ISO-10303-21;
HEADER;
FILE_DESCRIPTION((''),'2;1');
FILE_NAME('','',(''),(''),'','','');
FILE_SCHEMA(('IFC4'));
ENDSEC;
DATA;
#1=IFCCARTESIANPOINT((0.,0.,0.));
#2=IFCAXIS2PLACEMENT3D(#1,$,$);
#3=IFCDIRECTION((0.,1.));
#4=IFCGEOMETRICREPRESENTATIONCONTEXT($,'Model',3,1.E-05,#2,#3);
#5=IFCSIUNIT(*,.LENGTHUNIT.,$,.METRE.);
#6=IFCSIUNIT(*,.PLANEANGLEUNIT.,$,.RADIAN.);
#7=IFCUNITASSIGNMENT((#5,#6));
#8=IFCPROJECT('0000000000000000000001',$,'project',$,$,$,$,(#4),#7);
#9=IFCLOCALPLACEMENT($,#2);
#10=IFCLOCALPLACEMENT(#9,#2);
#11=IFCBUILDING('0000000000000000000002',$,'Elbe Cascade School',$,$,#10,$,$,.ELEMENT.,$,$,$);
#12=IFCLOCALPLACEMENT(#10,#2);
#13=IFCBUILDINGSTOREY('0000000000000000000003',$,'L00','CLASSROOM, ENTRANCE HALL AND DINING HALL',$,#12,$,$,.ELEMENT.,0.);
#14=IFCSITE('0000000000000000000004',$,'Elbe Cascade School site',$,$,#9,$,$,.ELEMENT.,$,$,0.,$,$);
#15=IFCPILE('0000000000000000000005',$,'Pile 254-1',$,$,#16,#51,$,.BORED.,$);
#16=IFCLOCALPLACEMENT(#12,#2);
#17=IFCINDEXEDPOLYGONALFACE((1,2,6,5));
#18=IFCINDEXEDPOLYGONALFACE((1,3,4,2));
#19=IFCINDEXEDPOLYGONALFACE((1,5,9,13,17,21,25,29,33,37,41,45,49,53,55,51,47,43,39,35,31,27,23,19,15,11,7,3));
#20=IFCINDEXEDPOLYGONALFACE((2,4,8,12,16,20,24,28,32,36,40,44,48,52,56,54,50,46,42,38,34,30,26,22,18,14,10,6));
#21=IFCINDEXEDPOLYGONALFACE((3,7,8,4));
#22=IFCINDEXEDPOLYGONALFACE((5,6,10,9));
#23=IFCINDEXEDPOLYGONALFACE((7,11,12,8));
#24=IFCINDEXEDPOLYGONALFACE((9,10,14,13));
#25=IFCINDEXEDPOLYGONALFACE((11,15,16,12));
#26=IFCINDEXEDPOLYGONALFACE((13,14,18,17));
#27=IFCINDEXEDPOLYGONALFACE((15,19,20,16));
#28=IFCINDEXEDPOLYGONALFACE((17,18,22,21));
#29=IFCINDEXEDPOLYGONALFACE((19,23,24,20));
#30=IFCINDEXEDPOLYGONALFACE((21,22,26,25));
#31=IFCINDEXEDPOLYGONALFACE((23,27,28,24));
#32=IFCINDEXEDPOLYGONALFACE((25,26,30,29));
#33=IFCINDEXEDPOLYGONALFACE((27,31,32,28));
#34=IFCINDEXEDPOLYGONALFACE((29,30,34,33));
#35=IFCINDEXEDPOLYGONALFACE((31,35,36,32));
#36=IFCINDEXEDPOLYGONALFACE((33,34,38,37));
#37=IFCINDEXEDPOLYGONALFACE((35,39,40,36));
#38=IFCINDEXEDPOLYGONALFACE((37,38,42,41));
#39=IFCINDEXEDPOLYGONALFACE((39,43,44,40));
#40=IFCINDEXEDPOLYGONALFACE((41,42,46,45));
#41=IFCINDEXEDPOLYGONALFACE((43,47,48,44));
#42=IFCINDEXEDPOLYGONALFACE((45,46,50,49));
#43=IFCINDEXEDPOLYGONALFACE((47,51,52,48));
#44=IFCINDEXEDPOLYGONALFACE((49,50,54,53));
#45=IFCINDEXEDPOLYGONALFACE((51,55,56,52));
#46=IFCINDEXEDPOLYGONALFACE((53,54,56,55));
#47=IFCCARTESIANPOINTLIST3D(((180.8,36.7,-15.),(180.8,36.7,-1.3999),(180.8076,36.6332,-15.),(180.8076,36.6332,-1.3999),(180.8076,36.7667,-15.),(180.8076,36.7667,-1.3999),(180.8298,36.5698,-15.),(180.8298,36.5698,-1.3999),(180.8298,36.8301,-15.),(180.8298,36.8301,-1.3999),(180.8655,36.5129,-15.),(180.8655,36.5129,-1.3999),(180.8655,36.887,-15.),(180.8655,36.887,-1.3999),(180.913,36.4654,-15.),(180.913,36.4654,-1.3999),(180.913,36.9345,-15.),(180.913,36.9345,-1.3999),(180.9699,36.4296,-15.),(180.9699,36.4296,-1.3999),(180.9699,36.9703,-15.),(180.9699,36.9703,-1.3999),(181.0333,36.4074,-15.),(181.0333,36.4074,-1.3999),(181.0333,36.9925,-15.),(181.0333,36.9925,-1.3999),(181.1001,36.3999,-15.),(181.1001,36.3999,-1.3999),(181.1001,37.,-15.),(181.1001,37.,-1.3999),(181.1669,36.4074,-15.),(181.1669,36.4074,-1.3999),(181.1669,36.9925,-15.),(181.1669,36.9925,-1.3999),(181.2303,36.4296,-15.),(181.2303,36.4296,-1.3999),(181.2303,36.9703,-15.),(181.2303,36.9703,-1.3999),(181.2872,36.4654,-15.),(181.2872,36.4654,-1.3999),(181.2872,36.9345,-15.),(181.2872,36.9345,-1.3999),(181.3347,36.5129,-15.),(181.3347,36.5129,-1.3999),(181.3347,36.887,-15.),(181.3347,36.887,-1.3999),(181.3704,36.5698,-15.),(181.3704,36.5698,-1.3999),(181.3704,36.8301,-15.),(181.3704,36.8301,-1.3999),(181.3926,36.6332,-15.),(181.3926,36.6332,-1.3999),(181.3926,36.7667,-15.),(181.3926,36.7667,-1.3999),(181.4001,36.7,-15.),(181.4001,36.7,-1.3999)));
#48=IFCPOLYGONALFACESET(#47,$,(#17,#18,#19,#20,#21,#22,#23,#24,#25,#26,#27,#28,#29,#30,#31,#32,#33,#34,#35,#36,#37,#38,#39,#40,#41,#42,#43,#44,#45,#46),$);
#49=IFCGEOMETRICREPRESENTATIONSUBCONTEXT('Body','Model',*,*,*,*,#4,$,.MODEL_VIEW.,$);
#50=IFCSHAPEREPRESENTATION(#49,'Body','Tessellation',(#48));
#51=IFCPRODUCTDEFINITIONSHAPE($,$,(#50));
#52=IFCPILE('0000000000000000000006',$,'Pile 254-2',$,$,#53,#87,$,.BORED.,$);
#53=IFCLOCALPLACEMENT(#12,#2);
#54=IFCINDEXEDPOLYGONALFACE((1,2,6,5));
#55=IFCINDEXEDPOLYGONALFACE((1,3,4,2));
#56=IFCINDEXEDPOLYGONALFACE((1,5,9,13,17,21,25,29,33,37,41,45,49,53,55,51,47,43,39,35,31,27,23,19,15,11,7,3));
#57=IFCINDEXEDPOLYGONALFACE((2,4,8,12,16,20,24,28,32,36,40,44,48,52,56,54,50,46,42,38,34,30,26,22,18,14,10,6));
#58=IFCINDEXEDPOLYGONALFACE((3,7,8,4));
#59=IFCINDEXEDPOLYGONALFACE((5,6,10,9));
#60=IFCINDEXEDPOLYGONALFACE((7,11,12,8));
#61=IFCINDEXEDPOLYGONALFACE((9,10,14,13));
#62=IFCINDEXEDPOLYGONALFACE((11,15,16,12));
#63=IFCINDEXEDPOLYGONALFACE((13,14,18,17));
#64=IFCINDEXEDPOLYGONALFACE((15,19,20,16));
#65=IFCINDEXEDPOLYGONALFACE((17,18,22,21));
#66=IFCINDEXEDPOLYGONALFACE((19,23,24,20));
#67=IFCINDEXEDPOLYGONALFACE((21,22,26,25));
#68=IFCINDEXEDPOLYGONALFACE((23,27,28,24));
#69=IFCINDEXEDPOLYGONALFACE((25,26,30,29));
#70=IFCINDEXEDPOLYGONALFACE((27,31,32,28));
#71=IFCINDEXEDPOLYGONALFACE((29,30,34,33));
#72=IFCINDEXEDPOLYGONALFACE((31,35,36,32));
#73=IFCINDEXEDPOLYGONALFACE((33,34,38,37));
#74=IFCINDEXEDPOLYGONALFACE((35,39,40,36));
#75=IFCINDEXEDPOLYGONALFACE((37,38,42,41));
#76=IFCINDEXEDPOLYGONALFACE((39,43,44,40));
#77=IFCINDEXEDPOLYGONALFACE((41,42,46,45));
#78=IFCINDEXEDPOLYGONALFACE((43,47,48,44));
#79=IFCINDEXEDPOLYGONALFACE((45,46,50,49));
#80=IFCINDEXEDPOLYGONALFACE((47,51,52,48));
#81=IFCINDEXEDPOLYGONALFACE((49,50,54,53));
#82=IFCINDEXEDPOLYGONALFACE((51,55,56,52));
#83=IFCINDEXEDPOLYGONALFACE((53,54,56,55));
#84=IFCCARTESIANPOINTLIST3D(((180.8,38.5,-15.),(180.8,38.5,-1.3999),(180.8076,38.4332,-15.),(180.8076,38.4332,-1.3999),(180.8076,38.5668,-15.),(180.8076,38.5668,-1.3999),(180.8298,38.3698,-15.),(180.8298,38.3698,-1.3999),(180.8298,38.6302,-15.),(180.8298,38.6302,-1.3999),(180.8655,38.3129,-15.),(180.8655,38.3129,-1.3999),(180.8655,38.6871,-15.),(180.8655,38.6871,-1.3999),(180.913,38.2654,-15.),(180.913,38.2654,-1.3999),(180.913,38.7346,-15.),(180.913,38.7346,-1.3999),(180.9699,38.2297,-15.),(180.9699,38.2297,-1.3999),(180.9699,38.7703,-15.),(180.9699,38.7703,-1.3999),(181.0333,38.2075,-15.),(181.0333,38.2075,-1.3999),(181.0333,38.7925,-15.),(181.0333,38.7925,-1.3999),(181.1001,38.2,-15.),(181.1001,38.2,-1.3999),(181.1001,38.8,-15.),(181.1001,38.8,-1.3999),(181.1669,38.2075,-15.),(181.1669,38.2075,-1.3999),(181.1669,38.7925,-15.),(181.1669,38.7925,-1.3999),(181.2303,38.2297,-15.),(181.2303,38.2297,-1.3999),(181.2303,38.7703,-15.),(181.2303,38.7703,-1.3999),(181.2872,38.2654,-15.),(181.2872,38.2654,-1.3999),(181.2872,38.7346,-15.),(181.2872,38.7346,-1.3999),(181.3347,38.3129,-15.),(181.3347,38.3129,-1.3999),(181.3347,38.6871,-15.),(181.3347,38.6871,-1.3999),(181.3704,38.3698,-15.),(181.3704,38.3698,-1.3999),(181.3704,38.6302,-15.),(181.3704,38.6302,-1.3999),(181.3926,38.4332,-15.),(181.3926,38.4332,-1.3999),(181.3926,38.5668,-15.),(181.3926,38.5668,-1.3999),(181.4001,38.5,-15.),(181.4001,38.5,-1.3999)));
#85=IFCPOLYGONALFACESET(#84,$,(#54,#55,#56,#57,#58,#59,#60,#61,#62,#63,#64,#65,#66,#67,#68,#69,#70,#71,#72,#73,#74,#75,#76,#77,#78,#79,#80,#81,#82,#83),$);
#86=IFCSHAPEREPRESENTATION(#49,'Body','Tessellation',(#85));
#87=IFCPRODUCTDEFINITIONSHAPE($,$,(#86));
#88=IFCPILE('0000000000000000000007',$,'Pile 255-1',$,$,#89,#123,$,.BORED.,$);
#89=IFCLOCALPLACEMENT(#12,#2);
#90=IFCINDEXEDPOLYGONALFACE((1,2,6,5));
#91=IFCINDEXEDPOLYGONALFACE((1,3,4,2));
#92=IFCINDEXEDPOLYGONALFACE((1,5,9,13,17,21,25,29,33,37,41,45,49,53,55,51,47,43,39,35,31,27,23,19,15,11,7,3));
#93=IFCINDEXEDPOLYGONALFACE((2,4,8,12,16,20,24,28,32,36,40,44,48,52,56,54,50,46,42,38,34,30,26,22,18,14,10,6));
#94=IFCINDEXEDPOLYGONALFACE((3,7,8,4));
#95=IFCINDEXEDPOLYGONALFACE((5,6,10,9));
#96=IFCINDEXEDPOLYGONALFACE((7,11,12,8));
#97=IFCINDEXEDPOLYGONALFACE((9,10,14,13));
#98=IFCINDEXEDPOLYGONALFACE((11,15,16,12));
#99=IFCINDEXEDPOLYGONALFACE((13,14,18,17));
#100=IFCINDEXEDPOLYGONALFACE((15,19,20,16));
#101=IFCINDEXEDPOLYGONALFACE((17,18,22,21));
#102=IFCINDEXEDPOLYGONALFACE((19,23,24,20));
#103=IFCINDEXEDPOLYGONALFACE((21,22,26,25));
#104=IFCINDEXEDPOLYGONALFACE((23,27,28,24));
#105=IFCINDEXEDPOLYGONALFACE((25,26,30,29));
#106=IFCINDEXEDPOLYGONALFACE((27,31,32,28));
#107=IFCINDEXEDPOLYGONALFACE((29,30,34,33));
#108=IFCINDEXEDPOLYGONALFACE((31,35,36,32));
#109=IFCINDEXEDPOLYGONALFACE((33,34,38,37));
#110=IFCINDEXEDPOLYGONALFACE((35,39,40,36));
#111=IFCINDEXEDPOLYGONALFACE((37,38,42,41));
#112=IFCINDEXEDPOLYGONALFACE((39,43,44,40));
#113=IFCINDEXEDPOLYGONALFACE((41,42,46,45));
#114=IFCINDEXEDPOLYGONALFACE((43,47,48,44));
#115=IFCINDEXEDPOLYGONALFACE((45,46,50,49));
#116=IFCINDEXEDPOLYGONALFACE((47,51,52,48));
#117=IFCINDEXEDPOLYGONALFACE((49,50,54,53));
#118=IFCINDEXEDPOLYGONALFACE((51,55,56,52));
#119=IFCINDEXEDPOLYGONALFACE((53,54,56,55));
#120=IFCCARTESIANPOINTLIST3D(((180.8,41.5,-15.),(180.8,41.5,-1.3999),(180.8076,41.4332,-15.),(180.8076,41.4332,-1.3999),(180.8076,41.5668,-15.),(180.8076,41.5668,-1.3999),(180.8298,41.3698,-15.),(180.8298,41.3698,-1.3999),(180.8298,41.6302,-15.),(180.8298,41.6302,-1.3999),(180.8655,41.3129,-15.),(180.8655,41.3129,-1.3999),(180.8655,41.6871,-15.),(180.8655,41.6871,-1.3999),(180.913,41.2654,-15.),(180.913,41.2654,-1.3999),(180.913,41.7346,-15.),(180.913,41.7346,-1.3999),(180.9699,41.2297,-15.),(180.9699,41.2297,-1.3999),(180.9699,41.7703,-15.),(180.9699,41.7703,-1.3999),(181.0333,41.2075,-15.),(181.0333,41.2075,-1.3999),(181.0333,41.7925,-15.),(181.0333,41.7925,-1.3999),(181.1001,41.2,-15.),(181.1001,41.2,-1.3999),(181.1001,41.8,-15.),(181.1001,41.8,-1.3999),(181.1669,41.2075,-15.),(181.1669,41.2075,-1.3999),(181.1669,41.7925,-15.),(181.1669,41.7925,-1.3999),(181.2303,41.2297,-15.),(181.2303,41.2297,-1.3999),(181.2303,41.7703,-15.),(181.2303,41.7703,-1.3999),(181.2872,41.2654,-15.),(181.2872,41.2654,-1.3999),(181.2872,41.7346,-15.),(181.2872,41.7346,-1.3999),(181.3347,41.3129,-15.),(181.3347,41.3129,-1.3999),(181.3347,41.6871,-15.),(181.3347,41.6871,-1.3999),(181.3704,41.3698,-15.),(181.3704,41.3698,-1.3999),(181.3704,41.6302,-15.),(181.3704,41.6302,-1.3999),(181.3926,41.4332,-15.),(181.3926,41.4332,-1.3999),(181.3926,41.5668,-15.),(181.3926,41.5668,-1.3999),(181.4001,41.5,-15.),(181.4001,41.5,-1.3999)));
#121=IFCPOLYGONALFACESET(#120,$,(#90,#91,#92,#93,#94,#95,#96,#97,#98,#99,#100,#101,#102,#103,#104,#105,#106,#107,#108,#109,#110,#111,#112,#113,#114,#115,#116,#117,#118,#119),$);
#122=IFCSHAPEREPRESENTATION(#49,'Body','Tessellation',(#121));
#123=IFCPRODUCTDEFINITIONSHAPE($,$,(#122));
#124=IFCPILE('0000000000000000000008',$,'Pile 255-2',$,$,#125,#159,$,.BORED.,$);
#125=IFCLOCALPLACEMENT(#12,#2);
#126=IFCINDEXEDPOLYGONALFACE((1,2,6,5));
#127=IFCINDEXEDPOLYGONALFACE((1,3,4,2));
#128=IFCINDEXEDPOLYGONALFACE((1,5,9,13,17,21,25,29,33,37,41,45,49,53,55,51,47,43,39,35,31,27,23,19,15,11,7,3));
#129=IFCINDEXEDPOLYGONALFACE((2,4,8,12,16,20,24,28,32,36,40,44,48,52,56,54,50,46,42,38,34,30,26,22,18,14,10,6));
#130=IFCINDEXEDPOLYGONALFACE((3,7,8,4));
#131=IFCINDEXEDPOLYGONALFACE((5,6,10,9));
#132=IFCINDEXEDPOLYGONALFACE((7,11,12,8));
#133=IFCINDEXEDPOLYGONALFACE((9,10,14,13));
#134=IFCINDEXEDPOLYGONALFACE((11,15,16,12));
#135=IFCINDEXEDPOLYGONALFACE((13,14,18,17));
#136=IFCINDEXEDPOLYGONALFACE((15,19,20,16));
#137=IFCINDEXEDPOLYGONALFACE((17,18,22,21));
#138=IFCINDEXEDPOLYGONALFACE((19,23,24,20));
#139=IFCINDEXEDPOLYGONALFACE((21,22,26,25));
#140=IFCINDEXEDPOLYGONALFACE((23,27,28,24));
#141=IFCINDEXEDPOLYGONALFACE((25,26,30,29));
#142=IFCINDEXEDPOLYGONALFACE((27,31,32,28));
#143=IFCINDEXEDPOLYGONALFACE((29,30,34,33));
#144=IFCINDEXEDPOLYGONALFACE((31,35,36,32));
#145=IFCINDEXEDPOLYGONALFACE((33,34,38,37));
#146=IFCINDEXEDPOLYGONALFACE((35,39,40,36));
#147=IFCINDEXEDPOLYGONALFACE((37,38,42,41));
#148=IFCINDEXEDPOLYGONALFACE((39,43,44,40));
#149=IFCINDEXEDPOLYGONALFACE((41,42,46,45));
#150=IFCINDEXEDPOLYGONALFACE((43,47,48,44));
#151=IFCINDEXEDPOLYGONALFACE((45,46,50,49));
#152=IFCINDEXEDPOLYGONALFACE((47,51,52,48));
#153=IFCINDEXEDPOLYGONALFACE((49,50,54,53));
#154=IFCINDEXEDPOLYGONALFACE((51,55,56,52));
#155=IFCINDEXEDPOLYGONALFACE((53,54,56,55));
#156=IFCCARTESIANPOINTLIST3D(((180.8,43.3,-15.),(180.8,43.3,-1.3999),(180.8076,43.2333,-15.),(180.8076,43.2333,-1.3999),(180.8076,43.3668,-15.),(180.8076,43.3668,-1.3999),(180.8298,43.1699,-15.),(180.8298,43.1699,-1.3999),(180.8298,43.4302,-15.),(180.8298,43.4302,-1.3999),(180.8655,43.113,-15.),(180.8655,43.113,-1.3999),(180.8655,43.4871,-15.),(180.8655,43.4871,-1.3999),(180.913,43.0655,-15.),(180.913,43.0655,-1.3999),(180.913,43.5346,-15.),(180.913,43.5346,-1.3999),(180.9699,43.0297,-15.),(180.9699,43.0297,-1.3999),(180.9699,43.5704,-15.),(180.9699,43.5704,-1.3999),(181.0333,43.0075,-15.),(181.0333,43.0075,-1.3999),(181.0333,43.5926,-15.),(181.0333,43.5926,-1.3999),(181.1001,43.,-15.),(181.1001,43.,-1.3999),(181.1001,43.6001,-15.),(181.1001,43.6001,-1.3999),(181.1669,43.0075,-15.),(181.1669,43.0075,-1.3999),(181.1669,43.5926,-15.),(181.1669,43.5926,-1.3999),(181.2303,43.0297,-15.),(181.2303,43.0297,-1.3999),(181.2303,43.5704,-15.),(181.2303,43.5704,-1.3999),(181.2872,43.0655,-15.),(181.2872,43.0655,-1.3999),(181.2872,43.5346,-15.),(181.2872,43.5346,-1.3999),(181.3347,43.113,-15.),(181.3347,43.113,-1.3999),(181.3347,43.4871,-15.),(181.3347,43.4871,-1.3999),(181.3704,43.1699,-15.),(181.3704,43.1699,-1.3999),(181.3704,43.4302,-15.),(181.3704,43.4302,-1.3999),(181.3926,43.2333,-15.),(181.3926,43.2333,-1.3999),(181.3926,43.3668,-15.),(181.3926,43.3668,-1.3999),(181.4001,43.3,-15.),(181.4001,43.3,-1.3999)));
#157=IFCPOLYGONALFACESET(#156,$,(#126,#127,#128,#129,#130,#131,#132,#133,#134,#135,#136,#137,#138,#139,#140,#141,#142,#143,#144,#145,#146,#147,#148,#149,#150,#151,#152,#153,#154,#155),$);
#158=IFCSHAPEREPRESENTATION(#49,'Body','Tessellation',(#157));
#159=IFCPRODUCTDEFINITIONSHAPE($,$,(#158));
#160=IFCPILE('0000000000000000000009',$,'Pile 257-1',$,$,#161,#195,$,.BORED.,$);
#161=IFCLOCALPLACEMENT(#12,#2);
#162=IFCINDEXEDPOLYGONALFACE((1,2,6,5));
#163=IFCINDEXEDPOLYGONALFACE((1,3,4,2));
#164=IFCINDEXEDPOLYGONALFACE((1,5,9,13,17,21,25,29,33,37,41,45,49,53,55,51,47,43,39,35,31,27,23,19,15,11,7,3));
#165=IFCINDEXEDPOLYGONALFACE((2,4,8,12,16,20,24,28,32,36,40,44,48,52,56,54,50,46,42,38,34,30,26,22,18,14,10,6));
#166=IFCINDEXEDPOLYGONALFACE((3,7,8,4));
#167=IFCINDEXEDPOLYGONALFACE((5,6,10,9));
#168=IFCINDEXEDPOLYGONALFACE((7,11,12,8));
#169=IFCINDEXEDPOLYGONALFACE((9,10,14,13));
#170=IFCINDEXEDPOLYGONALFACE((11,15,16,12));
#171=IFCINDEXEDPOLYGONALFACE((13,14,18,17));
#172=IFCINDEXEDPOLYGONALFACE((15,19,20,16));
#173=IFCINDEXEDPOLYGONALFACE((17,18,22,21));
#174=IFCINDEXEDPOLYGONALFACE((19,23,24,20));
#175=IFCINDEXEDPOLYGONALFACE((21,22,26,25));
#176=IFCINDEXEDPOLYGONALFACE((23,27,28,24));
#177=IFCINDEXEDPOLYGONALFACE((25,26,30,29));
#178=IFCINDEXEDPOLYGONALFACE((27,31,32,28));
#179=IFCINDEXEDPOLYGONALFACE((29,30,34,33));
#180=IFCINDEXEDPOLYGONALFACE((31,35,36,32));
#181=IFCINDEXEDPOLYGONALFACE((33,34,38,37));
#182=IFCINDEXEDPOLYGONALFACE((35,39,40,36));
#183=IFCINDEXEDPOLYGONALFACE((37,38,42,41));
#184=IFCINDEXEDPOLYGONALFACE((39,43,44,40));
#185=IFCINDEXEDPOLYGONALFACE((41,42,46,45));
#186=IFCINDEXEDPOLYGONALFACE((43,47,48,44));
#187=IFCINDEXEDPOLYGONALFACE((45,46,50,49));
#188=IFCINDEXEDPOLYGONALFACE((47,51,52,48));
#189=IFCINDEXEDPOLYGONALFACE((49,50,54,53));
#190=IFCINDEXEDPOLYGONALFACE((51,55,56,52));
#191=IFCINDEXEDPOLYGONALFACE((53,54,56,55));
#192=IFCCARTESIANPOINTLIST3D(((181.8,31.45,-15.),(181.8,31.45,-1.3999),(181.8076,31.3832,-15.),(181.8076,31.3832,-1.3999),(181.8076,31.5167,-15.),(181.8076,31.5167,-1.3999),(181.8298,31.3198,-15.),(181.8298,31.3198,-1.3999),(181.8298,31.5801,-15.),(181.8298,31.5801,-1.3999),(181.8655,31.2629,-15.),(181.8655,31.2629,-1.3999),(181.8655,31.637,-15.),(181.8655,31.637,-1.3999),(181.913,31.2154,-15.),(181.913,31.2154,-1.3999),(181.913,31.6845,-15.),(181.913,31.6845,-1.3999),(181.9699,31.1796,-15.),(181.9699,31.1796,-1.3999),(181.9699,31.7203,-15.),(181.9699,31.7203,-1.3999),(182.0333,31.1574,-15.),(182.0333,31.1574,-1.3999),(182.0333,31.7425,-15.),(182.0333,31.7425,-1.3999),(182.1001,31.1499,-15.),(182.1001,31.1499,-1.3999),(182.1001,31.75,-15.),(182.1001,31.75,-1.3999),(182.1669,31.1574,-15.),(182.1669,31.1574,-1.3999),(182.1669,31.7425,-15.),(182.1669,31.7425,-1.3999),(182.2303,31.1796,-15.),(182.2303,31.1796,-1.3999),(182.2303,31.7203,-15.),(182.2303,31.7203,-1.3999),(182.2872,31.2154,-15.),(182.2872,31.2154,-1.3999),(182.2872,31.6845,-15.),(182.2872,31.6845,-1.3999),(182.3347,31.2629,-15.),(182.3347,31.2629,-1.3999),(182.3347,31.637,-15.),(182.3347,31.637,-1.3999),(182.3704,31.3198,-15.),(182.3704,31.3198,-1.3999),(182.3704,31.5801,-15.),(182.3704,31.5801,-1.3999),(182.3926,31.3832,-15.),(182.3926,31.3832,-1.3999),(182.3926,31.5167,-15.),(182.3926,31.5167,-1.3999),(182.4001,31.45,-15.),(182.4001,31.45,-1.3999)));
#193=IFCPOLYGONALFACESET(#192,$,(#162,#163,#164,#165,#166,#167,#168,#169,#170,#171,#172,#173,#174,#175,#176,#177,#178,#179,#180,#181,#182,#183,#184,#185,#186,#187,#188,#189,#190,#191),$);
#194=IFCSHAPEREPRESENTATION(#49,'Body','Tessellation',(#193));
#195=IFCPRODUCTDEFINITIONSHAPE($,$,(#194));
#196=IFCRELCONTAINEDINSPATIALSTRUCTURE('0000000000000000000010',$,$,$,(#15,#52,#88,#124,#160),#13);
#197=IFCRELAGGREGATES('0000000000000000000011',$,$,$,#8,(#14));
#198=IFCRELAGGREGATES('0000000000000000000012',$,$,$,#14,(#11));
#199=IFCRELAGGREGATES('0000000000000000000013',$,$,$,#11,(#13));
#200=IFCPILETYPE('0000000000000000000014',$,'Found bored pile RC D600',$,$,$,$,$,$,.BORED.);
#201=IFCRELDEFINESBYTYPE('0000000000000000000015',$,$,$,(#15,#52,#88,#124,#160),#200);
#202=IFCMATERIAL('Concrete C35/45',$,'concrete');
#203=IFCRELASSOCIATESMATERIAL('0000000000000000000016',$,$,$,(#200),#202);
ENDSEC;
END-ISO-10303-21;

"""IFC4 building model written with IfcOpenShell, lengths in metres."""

from ifc_helpers import new_model, si_unit, direction, frame, origin, origin_2d, place, context, subcontext, project, spatial, circle, extrude, material, material_profile, profile_set, type_object, element, save


model = new_model("IFC4")

# Units and contexts
model_context = context("Model", 3, precision=1e-05, world=origin(), true_north=direction((0.0, 1.0)))
body_context = subcontext(model_context, "Body", "Model", "MODEL_VIEW")
ifc_project = project(units=[si_unit("LENGTHUNIT", "METRE"), si_unit("PLANEANGLEUNIT", "RADIAN")], contexts=[model_context])

# Site, building, storey
site_placement = place(None, origin())
site = spatial("IfcSite", under=ifc_project, at=site_placement, Name="Elbe Cascade School site", CompositionType="ELEMENT", RefElevation=0.0)
building_placement = place(site_placement, origin())
building = spatial("IfcBuilding", under=site, at=building_placement, Name="Elbe Cascade School", CompositionType="ELEMENT")
storey_placement = place(building_placement, origin())
storey = spatial("IfcBuildingStorey", under=building, at=storey_placement, Name="L00", Description="CLASSROOM, ENTRANCE HALL AND DINING HALL", CompositionType="ELEMENT", Elevation=0.0)

# Piles
ifc_material_1 = material(Name="Concrete C35/45", Category="concrete")
ifc_material_profile_1 = material_profile(ifc_material_1, circle(Radius=0.3, at=origin_2d()), Name="RC D600")
ifc_profile_set_1 = profile_set([ifc_material_profile_1], Name="Concrete C35/45")
pile_type = type_object("IfcPileType", Name="Found bored pile RC D600", PredefinedType="BORED", material=ifc_profile_set_1)
for number, where, z_axis, x_axis, name in (
    (1, (181.1001, 36.7, -1.3999), (0.0, 0.0, -1.0), (1.0, 0.0, 0.0), "Pile 254-1"),
    (2, (181.1001, 38.5, -1.3999), (0.0, 0.0, -1.0), (1.0, 0.0, 0.0), "Pile 254-2"),
    (3, (181.1001, 41.5, -1.3999), (0.0, 0.0, -1.0), (1.0, 0.0, 0.0), "Pile 255-1"),
    (4, (181.1001, 43.3, -1.3999), (0.0, 0.0, -1.0), (1.0, 0.0, 0.0), "Pile 255-2"),
    (5, (182.1001, 31.45, -1.3999), (0.0, 0.0, -1.0), (1.0, 0.0, 0.0), "Pile 257-1"),
):
    element("IfcPile", number, at=place(storey_placement, frame(where, z_axis=z_axis, x_axis=x_axis)), inside=storey, type_object=pile_type, Name=name, PredefinedType="BORED", context=body_context, shape_type="SweptSolid", body=[
        extrude(circle(Radius=0.3, at=origin_2d()), origin(), (0.0, 0.0, 1.0), 13.6001),
    ])

save(model, "model.ifc")
